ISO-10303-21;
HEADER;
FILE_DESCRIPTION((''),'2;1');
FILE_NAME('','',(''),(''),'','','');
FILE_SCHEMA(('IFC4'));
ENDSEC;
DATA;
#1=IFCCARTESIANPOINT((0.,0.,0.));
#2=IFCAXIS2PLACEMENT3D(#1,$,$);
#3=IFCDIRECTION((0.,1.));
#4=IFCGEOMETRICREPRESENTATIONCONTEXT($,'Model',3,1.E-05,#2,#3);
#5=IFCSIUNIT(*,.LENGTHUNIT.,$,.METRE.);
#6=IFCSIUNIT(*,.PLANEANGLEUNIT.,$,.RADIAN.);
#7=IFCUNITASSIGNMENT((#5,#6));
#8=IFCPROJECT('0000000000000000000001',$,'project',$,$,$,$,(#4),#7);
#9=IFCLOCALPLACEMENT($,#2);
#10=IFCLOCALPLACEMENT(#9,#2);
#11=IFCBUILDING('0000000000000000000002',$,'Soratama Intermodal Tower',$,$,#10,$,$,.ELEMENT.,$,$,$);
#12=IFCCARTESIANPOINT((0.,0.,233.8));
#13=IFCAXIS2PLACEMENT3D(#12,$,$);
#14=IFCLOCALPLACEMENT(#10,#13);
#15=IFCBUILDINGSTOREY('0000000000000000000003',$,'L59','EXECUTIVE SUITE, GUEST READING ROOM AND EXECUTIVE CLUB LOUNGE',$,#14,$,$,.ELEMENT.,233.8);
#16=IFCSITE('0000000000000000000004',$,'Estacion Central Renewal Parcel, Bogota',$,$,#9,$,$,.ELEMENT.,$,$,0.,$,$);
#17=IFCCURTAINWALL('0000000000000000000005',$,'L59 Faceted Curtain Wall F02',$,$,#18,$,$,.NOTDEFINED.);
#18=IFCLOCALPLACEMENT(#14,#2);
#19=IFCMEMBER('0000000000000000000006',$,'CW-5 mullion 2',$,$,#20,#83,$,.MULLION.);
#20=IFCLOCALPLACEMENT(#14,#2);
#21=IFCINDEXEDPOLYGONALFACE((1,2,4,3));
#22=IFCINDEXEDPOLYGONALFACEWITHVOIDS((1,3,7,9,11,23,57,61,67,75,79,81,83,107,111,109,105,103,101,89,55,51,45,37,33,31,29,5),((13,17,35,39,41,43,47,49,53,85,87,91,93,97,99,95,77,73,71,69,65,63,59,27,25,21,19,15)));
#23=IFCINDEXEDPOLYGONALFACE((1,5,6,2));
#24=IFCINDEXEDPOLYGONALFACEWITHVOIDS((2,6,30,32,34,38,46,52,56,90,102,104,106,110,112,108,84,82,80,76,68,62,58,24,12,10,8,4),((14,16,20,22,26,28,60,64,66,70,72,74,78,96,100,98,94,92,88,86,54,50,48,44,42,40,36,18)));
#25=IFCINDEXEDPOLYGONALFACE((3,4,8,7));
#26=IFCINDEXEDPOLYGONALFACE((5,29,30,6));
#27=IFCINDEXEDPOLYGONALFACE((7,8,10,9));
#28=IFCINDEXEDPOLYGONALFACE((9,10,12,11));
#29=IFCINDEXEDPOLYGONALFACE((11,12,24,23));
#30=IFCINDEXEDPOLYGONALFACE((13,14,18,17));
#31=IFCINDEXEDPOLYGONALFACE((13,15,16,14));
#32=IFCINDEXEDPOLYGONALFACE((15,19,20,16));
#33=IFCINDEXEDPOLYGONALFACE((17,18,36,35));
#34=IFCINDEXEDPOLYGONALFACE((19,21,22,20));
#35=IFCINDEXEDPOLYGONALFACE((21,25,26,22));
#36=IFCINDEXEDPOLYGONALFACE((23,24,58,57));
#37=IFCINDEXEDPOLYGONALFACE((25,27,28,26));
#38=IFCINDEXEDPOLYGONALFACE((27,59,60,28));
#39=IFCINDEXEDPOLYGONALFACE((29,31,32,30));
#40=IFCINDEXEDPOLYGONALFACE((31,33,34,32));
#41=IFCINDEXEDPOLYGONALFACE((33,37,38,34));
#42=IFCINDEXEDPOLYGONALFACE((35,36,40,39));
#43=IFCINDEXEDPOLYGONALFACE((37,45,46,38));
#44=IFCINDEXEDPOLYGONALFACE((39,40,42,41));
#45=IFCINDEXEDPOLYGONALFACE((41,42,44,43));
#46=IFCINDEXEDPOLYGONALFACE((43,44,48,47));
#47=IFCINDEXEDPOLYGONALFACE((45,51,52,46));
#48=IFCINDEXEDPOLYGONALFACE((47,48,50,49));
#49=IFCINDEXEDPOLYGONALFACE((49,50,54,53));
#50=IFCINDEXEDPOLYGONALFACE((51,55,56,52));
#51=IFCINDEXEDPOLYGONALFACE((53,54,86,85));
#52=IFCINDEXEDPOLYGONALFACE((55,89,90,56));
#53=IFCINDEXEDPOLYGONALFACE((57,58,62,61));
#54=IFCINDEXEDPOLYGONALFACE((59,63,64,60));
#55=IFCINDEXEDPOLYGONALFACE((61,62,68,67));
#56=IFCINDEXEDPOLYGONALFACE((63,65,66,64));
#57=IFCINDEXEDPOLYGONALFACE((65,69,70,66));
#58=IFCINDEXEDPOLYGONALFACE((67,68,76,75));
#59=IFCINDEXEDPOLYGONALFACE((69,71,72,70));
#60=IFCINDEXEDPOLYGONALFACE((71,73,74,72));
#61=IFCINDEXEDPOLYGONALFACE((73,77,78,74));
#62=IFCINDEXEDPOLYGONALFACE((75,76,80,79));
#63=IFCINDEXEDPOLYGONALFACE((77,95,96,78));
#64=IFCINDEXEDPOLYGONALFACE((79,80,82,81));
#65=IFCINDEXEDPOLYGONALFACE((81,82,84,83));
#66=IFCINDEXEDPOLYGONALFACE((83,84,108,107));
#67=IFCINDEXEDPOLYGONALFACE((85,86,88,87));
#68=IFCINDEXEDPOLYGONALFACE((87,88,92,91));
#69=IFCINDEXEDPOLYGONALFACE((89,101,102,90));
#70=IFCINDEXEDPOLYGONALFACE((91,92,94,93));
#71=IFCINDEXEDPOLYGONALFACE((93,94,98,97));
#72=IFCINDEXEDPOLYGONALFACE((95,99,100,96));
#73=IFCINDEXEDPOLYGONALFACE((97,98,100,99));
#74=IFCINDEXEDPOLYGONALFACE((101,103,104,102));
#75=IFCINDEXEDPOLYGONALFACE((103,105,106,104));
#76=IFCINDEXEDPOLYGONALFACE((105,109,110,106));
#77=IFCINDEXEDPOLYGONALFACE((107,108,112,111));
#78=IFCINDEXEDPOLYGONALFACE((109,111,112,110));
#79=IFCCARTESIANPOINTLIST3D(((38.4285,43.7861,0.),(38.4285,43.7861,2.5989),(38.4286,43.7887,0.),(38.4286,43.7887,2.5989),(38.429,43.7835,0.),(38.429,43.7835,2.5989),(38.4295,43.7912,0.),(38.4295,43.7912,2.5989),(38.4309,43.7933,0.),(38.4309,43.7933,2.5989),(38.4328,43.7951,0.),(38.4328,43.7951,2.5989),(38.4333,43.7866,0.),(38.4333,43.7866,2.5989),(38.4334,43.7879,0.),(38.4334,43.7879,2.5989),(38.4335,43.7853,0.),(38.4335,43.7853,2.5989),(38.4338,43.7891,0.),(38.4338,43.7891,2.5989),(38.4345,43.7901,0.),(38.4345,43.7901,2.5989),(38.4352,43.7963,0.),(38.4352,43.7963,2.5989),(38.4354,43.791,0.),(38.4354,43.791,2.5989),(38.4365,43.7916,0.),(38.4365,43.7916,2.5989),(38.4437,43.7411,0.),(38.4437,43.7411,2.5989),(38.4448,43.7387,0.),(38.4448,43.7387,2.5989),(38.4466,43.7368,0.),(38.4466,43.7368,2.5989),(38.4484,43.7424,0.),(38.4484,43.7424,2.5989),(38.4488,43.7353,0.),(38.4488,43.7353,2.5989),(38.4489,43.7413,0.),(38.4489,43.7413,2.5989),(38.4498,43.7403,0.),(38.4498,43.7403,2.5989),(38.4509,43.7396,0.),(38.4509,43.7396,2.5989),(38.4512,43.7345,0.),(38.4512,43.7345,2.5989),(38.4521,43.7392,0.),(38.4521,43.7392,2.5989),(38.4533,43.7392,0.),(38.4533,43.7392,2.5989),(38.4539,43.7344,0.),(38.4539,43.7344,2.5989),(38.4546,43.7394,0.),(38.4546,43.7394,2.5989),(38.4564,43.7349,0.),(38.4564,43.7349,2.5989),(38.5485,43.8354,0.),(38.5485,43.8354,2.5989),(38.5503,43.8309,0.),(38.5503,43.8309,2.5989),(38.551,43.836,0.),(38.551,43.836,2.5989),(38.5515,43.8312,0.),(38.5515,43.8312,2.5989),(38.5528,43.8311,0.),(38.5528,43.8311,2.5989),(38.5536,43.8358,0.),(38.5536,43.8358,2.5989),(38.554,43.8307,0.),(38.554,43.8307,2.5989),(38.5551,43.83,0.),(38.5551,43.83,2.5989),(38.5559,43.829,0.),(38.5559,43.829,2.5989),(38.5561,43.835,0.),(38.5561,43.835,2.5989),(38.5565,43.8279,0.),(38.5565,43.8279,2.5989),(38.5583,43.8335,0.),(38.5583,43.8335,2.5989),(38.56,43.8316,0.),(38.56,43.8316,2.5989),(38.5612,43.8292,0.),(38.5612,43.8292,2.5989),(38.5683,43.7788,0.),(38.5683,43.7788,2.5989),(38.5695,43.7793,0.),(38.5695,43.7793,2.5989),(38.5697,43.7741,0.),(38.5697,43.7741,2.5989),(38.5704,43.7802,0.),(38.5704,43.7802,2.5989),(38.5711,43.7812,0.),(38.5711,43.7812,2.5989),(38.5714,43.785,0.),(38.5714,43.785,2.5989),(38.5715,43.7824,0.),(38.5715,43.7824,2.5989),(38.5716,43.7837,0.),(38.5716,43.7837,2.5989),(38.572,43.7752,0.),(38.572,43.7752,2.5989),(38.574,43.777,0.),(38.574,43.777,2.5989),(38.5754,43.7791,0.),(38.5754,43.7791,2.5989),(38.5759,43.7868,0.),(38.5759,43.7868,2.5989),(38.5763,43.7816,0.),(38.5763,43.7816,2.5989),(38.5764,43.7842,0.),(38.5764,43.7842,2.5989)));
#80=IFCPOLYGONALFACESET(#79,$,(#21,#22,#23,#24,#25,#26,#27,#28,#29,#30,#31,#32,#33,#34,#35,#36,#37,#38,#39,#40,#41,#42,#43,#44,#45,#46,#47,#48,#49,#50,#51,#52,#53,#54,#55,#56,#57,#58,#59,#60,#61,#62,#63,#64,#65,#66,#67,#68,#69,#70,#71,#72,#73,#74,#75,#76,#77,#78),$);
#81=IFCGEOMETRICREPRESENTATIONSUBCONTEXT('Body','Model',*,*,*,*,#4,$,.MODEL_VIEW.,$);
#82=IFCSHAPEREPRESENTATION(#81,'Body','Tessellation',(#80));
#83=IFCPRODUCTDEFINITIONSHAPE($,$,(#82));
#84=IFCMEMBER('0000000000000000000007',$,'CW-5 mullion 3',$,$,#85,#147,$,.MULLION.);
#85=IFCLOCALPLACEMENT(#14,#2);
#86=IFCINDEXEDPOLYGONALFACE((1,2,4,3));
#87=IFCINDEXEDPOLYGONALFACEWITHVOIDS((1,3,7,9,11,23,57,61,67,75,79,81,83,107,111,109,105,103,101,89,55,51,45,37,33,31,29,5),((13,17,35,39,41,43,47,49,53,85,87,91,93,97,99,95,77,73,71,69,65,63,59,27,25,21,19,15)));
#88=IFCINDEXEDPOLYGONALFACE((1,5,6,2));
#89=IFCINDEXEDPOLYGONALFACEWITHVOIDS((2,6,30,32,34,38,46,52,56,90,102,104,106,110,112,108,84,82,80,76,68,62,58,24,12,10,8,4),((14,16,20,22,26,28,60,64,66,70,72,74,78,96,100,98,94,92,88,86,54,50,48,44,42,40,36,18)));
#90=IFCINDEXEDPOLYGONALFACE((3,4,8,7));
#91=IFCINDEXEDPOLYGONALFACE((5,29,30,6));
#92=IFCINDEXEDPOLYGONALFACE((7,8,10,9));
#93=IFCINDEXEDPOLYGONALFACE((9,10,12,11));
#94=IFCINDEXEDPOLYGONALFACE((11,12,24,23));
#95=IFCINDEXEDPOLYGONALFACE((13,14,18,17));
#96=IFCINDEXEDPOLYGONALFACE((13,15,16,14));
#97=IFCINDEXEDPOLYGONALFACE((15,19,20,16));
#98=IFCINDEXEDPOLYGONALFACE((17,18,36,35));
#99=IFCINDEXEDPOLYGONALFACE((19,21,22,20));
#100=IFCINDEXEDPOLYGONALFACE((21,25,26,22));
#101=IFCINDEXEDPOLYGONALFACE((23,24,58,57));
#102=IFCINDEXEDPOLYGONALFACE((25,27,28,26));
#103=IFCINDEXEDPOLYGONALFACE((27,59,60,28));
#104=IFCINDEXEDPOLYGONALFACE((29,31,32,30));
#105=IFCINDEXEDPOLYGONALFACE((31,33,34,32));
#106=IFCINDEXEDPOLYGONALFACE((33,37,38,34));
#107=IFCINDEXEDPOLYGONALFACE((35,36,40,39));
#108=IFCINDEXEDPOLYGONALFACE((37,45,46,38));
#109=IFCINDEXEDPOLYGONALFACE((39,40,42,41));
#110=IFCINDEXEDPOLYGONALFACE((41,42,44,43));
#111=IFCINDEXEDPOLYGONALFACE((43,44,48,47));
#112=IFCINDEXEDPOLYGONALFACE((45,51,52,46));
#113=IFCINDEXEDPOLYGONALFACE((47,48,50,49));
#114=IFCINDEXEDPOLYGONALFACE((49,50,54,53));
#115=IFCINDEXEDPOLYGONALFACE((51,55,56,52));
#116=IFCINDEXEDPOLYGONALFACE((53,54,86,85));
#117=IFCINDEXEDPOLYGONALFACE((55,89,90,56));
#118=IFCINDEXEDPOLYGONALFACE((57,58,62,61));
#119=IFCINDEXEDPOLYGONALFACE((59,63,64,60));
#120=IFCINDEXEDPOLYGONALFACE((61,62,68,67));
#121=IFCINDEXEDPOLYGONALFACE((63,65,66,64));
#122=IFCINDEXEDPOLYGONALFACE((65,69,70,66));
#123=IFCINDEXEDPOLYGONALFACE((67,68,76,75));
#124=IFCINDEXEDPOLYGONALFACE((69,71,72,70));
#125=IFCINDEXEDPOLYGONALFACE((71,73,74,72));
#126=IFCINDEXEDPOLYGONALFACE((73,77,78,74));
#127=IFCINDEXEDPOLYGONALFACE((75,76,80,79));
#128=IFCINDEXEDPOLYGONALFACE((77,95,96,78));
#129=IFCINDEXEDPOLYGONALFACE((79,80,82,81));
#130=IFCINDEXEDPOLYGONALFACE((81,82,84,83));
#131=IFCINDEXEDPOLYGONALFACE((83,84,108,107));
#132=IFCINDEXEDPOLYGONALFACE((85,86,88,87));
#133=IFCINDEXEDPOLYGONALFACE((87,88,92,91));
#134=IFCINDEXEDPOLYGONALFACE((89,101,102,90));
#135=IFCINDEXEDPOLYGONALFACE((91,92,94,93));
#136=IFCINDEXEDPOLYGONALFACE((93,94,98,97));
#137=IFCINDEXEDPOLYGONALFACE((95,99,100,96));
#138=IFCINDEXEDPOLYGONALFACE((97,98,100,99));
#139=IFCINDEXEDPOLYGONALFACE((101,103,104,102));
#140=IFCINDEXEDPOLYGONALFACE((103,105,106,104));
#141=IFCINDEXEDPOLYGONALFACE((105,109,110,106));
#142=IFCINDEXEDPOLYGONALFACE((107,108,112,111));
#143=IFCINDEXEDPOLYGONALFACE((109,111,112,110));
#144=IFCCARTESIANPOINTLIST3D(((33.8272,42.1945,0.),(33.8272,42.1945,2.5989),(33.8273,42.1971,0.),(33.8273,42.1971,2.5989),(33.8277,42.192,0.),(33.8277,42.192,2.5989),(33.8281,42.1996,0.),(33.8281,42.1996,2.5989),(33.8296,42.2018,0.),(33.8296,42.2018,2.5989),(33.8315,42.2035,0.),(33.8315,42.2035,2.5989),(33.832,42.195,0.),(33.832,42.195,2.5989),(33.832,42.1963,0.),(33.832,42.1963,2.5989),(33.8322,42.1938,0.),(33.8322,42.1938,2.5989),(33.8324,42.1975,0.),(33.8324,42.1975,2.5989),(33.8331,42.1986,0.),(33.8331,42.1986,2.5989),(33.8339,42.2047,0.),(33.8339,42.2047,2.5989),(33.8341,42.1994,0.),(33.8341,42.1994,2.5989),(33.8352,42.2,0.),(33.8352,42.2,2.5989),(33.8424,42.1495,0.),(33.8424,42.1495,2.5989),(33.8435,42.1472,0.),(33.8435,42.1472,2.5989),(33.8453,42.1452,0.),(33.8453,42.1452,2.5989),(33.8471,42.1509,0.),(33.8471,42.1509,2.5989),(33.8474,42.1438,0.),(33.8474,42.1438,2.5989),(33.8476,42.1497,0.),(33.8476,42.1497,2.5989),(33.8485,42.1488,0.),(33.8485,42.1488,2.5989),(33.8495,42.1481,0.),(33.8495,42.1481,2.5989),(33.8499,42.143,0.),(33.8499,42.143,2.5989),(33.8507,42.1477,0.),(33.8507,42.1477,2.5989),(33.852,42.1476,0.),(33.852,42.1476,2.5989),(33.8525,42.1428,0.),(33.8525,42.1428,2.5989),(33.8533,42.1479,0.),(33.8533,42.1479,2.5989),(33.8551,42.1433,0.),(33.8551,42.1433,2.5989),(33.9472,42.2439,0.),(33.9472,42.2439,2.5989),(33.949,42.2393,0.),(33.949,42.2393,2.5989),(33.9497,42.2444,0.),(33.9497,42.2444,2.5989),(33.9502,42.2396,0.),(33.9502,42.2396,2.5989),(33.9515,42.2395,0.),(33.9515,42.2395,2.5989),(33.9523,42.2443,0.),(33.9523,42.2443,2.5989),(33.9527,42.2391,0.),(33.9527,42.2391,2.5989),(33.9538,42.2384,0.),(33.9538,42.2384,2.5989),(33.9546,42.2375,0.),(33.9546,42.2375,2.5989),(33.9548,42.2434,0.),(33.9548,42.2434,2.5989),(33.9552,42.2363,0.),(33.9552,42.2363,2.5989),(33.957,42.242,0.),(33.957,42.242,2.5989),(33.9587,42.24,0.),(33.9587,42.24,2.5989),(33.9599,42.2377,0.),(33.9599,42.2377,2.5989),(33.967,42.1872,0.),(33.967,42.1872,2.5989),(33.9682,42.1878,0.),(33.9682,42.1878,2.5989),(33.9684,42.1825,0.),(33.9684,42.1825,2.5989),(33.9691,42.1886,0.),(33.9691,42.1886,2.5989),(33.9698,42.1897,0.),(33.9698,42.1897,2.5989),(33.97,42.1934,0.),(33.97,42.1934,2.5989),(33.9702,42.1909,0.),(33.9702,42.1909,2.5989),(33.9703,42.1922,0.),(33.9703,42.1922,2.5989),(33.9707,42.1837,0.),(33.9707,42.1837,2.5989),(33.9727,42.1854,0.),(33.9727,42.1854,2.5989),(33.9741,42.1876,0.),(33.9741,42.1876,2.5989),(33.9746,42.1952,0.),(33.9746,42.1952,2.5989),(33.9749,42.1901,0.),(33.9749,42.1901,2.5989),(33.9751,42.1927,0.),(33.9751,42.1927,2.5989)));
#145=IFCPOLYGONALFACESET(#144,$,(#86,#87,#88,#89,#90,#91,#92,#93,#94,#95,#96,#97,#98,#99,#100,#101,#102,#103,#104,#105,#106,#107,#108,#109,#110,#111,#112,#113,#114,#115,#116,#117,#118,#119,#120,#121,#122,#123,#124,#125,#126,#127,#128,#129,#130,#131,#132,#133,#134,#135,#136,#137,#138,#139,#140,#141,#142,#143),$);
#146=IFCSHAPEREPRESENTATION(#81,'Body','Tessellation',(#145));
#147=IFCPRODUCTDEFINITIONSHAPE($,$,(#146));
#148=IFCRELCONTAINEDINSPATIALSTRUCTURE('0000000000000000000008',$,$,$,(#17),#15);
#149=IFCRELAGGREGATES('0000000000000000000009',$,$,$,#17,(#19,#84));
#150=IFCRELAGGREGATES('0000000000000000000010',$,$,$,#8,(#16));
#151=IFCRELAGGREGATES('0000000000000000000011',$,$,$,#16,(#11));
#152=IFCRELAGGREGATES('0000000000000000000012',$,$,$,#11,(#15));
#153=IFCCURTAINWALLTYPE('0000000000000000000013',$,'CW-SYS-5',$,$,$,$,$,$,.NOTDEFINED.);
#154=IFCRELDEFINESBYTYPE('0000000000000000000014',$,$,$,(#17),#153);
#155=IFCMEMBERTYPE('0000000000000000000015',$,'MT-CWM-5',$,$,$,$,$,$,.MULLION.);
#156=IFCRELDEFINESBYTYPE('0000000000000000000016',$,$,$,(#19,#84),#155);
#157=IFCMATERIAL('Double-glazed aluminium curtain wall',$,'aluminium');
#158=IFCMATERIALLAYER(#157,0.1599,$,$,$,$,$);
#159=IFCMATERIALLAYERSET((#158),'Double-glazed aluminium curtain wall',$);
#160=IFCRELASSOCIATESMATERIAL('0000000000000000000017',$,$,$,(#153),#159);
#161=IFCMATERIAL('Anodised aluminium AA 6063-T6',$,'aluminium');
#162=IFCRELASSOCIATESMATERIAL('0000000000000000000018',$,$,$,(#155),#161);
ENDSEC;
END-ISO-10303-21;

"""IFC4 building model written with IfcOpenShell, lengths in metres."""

from ifc_helpers import new_model, si_unit, direction, frame, origin, origin_2d, place, context, subcontext, project, spatial, hollow_rectangle, extrude, material, layer, layer_set, material_profile, profile_set, type_object, element, aggregate, save


model = new_model("IFC4")

# Units and contexts
model_context = context("Model", 3, precision=1e-05, world=origin(), true_north=direction((0.0, 1.0)))
body_context = subcontext(model_context, "Body", "Model", "MODEL_VIEW")
ifc_project = project(units=[si_unit("LENGTHUNIT", "METRE"), si_unit("PLANEANGLEUNIT", "RADIAN")], contexts=[model_context])

# Site, building, storey
site_placement = place(None, origin())
site = spatial("IfcSite", under=ifc_project, at=site_placement, Name="Estacion Central Renewal Parcel, Bogota", CompositionType="ELEMENT", RefElevation=0.0)
building_placement = place(site_placement, origin())
building = spatial("IfcBuilding", under=site, at=building_placement, Name="Soratama Intermodal Tower", CompositionType="ELEMENT")
storey_placement = place(building_placement, frame((0.0, 0.0, 233.8)))
storey = spatial("IfcBuildingStorey", under=building, at=storey_placement, Name="L59", Description="EXECUTIVE SUITE, GUEST READING ROOM AND EXECUTIVE CLUB LOUNGE", CompositionType="ELEMENT", Elevation=233.8)

# Curtain wall, members
ifc_material_1 = material(Name="Double-glazed aluminium curtain wall", Category="aluminium")
ifc_layer_1 = layer(ifc_material_1, 0.1599)
ifc_layer_set_1 = layer_set([ifc_layer_1], Name="Double-glazed aluminium curtain wall")
curtain_wall_type = type_object("IfcCurtainWallType", Name="CW-SYS-5", PredefinedType="NOTDEFINED", material=ifc_layer_set_1)
curtain_wall_placement = place(storey_placement, origin())
curtain_wall = element("IfcCurtainWall", 1, at=curtain_wall_placement, inside=storey, type_object=curtain_wall_type, Name="L59 Faceted Curtain Wall F02", PredefinedType="NOTDEFINED")
ifc_material_2 = material(Name="Anodised aluminium AA 6063-T6", Category="aluminium")
ifc_material_profile_1 = material_profile(ifc_material_2, hollow_rectangle(XDim=0.0649, YDim=0.1399, WallThickness=0.0049, InnerFilletRadius=0.0049, OuterFilletRadius=0.01, at=origin_2d()), Name="CWM140X65X5")
ifc_profile_set_1 = profile_set([ifc_material_profile_1], Name="Anodised aluminium AA 6063-T6")
member_type_1 = type_object("IfcMemberType", Name="MT-CWM-5", PredefinedType="MULLION", material=ifc_profile_set_1)
member_1_placement = place(storey_placement, frame((38.5024, 43.7852, 0.0), z_axis=(0.0, 0.0, 1.0), x_axis=(0.326894, -0.945061, 0.0)))
member_1 = element("IfcMember", 2, at=member_1_placement, type_object=member_type_1, Name="CW-5 mullion 2", PredefinedType="MULLION", context=body_context, shape_type="SweptSolid", body=[
    extrude(hollow_rectangle(XDim=0.0649, YDim=0.1399, WallThickness=0.0049, InnerFilletRadius=0.0049, OuterFilletRadius=0.01, at=origin_2d()), origin(), (0.0, 0.0, 1.0), 2.5989),
])
member_2_placement = place(storey_placement, frame((33.9011, 42.1936, 0.0), z_axis=(0.0, 0.0, 1.0), x_axis=(0.326894, -0.945061, 0.0)))
member_2 = element("IfcMember", 3, at=member_2_placement, type_object=member_type_1, Name="CW-5 mullion 3", PredefinedType="MULLION", context=body_context, shape_type="SweptSolid", body=[
    extrude(hollow_rectangle(XDim=0.0649, YDim=0.1399, WallThickness=0.0049, InnerFilletRadius=0.0049, OuterFilletRadius=0.01, at=origin_2d()), origin(), (0.0, 0.0, 1.0), 2.5989),
])
aggregate(curtain_wall, [member_1, member_2])

save(model, "model.ifc")
